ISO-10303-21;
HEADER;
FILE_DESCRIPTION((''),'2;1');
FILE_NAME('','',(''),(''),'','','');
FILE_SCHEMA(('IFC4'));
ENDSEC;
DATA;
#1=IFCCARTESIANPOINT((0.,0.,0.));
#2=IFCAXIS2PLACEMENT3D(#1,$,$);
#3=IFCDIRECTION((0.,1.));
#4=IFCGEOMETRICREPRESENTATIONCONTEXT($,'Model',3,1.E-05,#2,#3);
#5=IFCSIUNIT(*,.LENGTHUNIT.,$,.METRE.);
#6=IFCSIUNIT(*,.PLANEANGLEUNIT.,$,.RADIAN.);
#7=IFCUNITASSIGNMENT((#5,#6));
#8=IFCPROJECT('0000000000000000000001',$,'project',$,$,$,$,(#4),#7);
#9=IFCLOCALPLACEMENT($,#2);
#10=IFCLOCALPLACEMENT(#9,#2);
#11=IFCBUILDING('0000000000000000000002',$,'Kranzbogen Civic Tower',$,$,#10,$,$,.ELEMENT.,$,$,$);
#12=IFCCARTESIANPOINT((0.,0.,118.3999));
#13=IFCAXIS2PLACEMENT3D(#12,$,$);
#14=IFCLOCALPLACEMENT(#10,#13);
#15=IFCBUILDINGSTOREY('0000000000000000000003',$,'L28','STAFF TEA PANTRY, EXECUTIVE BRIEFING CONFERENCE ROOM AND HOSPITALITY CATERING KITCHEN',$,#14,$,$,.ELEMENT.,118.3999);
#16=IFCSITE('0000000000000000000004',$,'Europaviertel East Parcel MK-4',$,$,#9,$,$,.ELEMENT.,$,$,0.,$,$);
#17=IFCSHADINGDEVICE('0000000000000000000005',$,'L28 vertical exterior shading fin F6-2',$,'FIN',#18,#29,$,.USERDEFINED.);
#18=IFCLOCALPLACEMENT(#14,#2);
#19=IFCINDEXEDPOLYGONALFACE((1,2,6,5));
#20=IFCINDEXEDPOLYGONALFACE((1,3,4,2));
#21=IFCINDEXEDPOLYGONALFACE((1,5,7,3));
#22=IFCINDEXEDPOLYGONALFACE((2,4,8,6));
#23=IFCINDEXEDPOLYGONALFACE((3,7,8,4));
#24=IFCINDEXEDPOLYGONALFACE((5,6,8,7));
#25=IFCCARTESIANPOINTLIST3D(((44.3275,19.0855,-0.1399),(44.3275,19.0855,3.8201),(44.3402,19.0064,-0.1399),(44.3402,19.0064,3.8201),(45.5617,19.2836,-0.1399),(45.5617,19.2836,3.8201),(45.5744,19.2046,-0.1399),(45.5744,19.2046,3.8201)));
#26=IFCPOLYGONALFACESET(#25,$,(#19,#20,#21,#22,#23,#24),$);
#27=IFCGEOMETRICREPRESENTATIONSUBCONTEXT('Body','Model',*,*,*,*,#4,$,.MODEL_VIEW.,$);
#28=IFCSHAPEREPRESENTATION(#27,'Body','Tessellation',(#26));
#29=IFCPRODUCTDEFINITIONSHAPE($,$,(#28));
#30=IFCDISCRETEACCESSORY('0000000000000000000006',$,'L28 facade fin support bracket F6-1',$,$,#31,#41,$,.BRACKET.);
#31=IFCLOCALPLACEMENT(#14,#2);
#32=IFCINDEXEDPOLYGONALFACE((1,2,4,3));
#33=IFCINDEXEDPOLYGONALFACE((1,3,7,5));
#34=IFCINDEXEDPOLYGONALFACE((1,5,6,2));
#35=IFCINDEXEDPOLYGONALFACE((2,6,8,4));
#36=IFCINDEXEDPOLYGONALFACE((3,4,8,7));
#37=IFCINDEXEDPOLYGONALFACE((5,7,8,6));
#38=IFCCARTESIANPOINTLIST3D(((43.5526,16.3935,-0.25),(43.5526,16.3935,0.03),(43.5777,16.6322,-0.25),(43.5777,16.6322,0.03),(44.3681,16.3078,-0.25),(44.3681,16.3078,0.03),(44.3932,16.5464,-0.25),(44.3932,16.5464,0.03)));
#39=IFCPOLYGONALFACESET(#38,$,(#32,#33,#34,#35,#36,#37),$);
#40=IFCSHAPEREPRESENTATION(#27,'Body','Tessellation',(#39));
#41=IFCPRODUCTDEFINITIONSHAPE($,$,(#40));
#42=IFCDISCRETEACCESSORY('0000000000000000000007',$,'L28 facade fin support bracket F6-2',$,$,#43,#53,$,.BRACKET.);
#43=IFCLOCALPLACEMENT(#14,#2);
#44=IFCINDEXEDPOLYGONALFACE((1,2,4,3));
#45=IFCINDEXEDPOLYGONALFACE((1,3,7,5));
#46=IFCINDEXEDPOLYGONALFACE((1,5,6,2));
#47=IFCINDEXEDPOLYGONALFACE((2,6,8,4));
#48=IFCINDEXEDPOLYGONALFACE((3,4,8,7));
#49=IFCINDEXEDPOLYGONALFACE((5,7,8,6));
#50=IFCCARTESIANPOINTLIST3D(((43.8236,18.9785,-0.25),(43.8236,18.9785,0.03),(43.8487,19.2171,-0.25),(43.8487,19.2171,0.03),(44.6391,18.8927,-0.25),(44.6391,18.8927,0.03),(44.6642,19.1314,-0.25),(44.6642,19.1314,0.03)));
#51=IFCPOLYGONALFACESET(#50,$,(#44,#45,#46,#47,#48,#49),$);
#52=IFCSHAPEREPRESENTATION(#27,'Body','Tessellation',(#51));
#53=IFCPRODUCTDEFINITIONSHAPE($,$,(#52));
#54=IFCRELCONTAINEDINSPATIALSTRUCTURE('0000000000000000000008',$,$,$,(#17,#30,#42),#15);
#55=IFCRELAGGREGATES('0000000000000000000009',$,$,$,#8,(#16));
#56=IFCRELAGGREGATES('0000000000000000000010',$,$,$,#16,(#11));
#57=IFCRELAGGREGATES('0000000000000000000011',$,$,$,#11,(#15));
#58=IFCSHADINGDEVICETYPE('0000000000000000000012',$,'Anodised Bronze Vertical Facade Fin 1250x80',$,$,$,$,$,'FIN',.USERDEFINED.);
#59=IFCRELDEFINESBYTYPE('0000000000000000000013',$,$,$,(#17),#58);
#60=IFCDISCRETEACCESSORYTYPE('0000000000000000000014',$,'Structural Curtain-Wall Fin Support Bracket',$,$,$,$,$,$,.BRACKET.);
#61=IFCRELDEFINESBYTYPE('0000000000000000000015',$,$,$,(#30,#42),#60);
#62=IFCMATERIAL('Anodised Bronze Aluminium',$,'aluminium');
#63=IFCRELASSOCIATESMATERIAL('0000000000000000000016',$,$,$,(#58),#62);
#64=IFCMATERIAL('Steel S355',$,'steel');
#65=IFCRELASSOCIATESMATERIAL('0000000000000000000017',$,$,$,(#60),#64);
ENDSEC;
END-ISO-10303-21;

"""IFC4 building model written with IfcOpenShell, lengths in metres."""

from ifc_helpers import new_model, si_unit, direction, frame, origin, origin_2d, place, context, subcontext, project, spatial, rectangle, extrude, material, type_object, element, save


model = new_model("IFC4")

# Units and contexts
model_context = context("Model", 3, precision=1e-05, world=origin(), true_north=direction((0.0, 1.0)))
body_context = subcontext(model_context, "Body", "Model", "MODEL_VIEW")
ifc_project = project(units=[si_unit("LENGTHUNIT", "METRE"), si_unit("PLANEANGLEUNIT", "RADIAN")], contexts=[model_context])

# Site, building, storey
site_placement = place(None, origin())
site = spatial("IfcSite", under=ifc_project, at=site_placement, Name="Europaviertel East Parcel MK-4", CompositionType="ELEMENT", RefElevation=0.0)
building_placement = place(site_placement, origin())
building = spatial("IfcBuilding", under=site, at=building_placement, Name="Kranzbogen Civic Tower", CompositionType="ELEMENT")
storey_placement = place(building_placement, frame((0.0, 0.0, 118.3999)))
storey = spatial("IfcBuildingStorey", under=building, at=storey_placement, Name="L28", Description="STAFF TEA PANTRY, EXECUTIVE BRIEFING CONFERENCE ROOM AND HOSPITALITY CATERING KITCHEN", CompositionType="ELEMENT", Elevation=118.3999)

# Shared definitions
ifc_material_1 = material(Name="Steel S355", Category="steel")

# Shading device
ifc_material_2 = material(Name="Anodised Bronze Aluminium", Category="aluminium")
shading_device_type = type_object("IfcShadingDeviceType", Name="Anodised Bronze Vertical Facade Fin 1250x80", ElementType="FIN", PredefinedType="USERDEFINED", material=ifc_material_2)
for number, where, z_axis, x_axis, name in (
    (1, (44.9509, 19.145, -0.1399), (0.0, 0.0, 1.0), (0.98735, 0.158554, 0.0), "L28 vertical exterior shading fin F6-2"),
):
    element("IfcShadingDevice", number, at=place(storey_placement, frame(where, z_axis=z_axis, x_axis=x_axis)), inside=storey, type_object=shading_device_type, Name=name, ObjectType="FIN", PredefinedType="USERDEFINED", context=body_context, shape_type="SweptSolid", body=[
        extrude(rectangle(XDim=1.25, YDim=0.0801, at=origin_2d()), origin(), (0.0, 0.0, 1.0), 3.96),
    ])

# Discrete accessories
discrete_accessory_type = type_object("IfcDiscreteAccessoryType", Name="Structural Curtain-Wall Fin Support Bracket", PredefinedType="BRACKET", material=ifc_material_1)
for number, where, z_axis, x_axis, name in (
    (2, (43.9729, 16.47, -0.25), (0.0, 0.0, 1.0), (0.994522, -0.104528, 0.0), "L28 facade fin support bracket F6-1"),
    (3, (44.2439, 19.0549, -0.25), (0.0, 0.0, 1.0), (0.994522, -0.104528, 0.0), "L28 facade fin support bracket F6-2"),
):
    element("IfcDiscreteAccessory", number, at=place(storey_placement, frame(where, z_axis=z_axis, x_axis=x_axis)), inside=storey, type_object=discrete_accessory_type, Name=name, PredefinedType="BRACKET", context=body_context, shape_type="SweptSolid", body=[
        extrude(rectangle(XDim=0.8201, YDim=0.24, at=origin_2d()), origin(), (0.0, 0.0, 1.0), 0.28),
    ])

save(model, "model.ifc")
